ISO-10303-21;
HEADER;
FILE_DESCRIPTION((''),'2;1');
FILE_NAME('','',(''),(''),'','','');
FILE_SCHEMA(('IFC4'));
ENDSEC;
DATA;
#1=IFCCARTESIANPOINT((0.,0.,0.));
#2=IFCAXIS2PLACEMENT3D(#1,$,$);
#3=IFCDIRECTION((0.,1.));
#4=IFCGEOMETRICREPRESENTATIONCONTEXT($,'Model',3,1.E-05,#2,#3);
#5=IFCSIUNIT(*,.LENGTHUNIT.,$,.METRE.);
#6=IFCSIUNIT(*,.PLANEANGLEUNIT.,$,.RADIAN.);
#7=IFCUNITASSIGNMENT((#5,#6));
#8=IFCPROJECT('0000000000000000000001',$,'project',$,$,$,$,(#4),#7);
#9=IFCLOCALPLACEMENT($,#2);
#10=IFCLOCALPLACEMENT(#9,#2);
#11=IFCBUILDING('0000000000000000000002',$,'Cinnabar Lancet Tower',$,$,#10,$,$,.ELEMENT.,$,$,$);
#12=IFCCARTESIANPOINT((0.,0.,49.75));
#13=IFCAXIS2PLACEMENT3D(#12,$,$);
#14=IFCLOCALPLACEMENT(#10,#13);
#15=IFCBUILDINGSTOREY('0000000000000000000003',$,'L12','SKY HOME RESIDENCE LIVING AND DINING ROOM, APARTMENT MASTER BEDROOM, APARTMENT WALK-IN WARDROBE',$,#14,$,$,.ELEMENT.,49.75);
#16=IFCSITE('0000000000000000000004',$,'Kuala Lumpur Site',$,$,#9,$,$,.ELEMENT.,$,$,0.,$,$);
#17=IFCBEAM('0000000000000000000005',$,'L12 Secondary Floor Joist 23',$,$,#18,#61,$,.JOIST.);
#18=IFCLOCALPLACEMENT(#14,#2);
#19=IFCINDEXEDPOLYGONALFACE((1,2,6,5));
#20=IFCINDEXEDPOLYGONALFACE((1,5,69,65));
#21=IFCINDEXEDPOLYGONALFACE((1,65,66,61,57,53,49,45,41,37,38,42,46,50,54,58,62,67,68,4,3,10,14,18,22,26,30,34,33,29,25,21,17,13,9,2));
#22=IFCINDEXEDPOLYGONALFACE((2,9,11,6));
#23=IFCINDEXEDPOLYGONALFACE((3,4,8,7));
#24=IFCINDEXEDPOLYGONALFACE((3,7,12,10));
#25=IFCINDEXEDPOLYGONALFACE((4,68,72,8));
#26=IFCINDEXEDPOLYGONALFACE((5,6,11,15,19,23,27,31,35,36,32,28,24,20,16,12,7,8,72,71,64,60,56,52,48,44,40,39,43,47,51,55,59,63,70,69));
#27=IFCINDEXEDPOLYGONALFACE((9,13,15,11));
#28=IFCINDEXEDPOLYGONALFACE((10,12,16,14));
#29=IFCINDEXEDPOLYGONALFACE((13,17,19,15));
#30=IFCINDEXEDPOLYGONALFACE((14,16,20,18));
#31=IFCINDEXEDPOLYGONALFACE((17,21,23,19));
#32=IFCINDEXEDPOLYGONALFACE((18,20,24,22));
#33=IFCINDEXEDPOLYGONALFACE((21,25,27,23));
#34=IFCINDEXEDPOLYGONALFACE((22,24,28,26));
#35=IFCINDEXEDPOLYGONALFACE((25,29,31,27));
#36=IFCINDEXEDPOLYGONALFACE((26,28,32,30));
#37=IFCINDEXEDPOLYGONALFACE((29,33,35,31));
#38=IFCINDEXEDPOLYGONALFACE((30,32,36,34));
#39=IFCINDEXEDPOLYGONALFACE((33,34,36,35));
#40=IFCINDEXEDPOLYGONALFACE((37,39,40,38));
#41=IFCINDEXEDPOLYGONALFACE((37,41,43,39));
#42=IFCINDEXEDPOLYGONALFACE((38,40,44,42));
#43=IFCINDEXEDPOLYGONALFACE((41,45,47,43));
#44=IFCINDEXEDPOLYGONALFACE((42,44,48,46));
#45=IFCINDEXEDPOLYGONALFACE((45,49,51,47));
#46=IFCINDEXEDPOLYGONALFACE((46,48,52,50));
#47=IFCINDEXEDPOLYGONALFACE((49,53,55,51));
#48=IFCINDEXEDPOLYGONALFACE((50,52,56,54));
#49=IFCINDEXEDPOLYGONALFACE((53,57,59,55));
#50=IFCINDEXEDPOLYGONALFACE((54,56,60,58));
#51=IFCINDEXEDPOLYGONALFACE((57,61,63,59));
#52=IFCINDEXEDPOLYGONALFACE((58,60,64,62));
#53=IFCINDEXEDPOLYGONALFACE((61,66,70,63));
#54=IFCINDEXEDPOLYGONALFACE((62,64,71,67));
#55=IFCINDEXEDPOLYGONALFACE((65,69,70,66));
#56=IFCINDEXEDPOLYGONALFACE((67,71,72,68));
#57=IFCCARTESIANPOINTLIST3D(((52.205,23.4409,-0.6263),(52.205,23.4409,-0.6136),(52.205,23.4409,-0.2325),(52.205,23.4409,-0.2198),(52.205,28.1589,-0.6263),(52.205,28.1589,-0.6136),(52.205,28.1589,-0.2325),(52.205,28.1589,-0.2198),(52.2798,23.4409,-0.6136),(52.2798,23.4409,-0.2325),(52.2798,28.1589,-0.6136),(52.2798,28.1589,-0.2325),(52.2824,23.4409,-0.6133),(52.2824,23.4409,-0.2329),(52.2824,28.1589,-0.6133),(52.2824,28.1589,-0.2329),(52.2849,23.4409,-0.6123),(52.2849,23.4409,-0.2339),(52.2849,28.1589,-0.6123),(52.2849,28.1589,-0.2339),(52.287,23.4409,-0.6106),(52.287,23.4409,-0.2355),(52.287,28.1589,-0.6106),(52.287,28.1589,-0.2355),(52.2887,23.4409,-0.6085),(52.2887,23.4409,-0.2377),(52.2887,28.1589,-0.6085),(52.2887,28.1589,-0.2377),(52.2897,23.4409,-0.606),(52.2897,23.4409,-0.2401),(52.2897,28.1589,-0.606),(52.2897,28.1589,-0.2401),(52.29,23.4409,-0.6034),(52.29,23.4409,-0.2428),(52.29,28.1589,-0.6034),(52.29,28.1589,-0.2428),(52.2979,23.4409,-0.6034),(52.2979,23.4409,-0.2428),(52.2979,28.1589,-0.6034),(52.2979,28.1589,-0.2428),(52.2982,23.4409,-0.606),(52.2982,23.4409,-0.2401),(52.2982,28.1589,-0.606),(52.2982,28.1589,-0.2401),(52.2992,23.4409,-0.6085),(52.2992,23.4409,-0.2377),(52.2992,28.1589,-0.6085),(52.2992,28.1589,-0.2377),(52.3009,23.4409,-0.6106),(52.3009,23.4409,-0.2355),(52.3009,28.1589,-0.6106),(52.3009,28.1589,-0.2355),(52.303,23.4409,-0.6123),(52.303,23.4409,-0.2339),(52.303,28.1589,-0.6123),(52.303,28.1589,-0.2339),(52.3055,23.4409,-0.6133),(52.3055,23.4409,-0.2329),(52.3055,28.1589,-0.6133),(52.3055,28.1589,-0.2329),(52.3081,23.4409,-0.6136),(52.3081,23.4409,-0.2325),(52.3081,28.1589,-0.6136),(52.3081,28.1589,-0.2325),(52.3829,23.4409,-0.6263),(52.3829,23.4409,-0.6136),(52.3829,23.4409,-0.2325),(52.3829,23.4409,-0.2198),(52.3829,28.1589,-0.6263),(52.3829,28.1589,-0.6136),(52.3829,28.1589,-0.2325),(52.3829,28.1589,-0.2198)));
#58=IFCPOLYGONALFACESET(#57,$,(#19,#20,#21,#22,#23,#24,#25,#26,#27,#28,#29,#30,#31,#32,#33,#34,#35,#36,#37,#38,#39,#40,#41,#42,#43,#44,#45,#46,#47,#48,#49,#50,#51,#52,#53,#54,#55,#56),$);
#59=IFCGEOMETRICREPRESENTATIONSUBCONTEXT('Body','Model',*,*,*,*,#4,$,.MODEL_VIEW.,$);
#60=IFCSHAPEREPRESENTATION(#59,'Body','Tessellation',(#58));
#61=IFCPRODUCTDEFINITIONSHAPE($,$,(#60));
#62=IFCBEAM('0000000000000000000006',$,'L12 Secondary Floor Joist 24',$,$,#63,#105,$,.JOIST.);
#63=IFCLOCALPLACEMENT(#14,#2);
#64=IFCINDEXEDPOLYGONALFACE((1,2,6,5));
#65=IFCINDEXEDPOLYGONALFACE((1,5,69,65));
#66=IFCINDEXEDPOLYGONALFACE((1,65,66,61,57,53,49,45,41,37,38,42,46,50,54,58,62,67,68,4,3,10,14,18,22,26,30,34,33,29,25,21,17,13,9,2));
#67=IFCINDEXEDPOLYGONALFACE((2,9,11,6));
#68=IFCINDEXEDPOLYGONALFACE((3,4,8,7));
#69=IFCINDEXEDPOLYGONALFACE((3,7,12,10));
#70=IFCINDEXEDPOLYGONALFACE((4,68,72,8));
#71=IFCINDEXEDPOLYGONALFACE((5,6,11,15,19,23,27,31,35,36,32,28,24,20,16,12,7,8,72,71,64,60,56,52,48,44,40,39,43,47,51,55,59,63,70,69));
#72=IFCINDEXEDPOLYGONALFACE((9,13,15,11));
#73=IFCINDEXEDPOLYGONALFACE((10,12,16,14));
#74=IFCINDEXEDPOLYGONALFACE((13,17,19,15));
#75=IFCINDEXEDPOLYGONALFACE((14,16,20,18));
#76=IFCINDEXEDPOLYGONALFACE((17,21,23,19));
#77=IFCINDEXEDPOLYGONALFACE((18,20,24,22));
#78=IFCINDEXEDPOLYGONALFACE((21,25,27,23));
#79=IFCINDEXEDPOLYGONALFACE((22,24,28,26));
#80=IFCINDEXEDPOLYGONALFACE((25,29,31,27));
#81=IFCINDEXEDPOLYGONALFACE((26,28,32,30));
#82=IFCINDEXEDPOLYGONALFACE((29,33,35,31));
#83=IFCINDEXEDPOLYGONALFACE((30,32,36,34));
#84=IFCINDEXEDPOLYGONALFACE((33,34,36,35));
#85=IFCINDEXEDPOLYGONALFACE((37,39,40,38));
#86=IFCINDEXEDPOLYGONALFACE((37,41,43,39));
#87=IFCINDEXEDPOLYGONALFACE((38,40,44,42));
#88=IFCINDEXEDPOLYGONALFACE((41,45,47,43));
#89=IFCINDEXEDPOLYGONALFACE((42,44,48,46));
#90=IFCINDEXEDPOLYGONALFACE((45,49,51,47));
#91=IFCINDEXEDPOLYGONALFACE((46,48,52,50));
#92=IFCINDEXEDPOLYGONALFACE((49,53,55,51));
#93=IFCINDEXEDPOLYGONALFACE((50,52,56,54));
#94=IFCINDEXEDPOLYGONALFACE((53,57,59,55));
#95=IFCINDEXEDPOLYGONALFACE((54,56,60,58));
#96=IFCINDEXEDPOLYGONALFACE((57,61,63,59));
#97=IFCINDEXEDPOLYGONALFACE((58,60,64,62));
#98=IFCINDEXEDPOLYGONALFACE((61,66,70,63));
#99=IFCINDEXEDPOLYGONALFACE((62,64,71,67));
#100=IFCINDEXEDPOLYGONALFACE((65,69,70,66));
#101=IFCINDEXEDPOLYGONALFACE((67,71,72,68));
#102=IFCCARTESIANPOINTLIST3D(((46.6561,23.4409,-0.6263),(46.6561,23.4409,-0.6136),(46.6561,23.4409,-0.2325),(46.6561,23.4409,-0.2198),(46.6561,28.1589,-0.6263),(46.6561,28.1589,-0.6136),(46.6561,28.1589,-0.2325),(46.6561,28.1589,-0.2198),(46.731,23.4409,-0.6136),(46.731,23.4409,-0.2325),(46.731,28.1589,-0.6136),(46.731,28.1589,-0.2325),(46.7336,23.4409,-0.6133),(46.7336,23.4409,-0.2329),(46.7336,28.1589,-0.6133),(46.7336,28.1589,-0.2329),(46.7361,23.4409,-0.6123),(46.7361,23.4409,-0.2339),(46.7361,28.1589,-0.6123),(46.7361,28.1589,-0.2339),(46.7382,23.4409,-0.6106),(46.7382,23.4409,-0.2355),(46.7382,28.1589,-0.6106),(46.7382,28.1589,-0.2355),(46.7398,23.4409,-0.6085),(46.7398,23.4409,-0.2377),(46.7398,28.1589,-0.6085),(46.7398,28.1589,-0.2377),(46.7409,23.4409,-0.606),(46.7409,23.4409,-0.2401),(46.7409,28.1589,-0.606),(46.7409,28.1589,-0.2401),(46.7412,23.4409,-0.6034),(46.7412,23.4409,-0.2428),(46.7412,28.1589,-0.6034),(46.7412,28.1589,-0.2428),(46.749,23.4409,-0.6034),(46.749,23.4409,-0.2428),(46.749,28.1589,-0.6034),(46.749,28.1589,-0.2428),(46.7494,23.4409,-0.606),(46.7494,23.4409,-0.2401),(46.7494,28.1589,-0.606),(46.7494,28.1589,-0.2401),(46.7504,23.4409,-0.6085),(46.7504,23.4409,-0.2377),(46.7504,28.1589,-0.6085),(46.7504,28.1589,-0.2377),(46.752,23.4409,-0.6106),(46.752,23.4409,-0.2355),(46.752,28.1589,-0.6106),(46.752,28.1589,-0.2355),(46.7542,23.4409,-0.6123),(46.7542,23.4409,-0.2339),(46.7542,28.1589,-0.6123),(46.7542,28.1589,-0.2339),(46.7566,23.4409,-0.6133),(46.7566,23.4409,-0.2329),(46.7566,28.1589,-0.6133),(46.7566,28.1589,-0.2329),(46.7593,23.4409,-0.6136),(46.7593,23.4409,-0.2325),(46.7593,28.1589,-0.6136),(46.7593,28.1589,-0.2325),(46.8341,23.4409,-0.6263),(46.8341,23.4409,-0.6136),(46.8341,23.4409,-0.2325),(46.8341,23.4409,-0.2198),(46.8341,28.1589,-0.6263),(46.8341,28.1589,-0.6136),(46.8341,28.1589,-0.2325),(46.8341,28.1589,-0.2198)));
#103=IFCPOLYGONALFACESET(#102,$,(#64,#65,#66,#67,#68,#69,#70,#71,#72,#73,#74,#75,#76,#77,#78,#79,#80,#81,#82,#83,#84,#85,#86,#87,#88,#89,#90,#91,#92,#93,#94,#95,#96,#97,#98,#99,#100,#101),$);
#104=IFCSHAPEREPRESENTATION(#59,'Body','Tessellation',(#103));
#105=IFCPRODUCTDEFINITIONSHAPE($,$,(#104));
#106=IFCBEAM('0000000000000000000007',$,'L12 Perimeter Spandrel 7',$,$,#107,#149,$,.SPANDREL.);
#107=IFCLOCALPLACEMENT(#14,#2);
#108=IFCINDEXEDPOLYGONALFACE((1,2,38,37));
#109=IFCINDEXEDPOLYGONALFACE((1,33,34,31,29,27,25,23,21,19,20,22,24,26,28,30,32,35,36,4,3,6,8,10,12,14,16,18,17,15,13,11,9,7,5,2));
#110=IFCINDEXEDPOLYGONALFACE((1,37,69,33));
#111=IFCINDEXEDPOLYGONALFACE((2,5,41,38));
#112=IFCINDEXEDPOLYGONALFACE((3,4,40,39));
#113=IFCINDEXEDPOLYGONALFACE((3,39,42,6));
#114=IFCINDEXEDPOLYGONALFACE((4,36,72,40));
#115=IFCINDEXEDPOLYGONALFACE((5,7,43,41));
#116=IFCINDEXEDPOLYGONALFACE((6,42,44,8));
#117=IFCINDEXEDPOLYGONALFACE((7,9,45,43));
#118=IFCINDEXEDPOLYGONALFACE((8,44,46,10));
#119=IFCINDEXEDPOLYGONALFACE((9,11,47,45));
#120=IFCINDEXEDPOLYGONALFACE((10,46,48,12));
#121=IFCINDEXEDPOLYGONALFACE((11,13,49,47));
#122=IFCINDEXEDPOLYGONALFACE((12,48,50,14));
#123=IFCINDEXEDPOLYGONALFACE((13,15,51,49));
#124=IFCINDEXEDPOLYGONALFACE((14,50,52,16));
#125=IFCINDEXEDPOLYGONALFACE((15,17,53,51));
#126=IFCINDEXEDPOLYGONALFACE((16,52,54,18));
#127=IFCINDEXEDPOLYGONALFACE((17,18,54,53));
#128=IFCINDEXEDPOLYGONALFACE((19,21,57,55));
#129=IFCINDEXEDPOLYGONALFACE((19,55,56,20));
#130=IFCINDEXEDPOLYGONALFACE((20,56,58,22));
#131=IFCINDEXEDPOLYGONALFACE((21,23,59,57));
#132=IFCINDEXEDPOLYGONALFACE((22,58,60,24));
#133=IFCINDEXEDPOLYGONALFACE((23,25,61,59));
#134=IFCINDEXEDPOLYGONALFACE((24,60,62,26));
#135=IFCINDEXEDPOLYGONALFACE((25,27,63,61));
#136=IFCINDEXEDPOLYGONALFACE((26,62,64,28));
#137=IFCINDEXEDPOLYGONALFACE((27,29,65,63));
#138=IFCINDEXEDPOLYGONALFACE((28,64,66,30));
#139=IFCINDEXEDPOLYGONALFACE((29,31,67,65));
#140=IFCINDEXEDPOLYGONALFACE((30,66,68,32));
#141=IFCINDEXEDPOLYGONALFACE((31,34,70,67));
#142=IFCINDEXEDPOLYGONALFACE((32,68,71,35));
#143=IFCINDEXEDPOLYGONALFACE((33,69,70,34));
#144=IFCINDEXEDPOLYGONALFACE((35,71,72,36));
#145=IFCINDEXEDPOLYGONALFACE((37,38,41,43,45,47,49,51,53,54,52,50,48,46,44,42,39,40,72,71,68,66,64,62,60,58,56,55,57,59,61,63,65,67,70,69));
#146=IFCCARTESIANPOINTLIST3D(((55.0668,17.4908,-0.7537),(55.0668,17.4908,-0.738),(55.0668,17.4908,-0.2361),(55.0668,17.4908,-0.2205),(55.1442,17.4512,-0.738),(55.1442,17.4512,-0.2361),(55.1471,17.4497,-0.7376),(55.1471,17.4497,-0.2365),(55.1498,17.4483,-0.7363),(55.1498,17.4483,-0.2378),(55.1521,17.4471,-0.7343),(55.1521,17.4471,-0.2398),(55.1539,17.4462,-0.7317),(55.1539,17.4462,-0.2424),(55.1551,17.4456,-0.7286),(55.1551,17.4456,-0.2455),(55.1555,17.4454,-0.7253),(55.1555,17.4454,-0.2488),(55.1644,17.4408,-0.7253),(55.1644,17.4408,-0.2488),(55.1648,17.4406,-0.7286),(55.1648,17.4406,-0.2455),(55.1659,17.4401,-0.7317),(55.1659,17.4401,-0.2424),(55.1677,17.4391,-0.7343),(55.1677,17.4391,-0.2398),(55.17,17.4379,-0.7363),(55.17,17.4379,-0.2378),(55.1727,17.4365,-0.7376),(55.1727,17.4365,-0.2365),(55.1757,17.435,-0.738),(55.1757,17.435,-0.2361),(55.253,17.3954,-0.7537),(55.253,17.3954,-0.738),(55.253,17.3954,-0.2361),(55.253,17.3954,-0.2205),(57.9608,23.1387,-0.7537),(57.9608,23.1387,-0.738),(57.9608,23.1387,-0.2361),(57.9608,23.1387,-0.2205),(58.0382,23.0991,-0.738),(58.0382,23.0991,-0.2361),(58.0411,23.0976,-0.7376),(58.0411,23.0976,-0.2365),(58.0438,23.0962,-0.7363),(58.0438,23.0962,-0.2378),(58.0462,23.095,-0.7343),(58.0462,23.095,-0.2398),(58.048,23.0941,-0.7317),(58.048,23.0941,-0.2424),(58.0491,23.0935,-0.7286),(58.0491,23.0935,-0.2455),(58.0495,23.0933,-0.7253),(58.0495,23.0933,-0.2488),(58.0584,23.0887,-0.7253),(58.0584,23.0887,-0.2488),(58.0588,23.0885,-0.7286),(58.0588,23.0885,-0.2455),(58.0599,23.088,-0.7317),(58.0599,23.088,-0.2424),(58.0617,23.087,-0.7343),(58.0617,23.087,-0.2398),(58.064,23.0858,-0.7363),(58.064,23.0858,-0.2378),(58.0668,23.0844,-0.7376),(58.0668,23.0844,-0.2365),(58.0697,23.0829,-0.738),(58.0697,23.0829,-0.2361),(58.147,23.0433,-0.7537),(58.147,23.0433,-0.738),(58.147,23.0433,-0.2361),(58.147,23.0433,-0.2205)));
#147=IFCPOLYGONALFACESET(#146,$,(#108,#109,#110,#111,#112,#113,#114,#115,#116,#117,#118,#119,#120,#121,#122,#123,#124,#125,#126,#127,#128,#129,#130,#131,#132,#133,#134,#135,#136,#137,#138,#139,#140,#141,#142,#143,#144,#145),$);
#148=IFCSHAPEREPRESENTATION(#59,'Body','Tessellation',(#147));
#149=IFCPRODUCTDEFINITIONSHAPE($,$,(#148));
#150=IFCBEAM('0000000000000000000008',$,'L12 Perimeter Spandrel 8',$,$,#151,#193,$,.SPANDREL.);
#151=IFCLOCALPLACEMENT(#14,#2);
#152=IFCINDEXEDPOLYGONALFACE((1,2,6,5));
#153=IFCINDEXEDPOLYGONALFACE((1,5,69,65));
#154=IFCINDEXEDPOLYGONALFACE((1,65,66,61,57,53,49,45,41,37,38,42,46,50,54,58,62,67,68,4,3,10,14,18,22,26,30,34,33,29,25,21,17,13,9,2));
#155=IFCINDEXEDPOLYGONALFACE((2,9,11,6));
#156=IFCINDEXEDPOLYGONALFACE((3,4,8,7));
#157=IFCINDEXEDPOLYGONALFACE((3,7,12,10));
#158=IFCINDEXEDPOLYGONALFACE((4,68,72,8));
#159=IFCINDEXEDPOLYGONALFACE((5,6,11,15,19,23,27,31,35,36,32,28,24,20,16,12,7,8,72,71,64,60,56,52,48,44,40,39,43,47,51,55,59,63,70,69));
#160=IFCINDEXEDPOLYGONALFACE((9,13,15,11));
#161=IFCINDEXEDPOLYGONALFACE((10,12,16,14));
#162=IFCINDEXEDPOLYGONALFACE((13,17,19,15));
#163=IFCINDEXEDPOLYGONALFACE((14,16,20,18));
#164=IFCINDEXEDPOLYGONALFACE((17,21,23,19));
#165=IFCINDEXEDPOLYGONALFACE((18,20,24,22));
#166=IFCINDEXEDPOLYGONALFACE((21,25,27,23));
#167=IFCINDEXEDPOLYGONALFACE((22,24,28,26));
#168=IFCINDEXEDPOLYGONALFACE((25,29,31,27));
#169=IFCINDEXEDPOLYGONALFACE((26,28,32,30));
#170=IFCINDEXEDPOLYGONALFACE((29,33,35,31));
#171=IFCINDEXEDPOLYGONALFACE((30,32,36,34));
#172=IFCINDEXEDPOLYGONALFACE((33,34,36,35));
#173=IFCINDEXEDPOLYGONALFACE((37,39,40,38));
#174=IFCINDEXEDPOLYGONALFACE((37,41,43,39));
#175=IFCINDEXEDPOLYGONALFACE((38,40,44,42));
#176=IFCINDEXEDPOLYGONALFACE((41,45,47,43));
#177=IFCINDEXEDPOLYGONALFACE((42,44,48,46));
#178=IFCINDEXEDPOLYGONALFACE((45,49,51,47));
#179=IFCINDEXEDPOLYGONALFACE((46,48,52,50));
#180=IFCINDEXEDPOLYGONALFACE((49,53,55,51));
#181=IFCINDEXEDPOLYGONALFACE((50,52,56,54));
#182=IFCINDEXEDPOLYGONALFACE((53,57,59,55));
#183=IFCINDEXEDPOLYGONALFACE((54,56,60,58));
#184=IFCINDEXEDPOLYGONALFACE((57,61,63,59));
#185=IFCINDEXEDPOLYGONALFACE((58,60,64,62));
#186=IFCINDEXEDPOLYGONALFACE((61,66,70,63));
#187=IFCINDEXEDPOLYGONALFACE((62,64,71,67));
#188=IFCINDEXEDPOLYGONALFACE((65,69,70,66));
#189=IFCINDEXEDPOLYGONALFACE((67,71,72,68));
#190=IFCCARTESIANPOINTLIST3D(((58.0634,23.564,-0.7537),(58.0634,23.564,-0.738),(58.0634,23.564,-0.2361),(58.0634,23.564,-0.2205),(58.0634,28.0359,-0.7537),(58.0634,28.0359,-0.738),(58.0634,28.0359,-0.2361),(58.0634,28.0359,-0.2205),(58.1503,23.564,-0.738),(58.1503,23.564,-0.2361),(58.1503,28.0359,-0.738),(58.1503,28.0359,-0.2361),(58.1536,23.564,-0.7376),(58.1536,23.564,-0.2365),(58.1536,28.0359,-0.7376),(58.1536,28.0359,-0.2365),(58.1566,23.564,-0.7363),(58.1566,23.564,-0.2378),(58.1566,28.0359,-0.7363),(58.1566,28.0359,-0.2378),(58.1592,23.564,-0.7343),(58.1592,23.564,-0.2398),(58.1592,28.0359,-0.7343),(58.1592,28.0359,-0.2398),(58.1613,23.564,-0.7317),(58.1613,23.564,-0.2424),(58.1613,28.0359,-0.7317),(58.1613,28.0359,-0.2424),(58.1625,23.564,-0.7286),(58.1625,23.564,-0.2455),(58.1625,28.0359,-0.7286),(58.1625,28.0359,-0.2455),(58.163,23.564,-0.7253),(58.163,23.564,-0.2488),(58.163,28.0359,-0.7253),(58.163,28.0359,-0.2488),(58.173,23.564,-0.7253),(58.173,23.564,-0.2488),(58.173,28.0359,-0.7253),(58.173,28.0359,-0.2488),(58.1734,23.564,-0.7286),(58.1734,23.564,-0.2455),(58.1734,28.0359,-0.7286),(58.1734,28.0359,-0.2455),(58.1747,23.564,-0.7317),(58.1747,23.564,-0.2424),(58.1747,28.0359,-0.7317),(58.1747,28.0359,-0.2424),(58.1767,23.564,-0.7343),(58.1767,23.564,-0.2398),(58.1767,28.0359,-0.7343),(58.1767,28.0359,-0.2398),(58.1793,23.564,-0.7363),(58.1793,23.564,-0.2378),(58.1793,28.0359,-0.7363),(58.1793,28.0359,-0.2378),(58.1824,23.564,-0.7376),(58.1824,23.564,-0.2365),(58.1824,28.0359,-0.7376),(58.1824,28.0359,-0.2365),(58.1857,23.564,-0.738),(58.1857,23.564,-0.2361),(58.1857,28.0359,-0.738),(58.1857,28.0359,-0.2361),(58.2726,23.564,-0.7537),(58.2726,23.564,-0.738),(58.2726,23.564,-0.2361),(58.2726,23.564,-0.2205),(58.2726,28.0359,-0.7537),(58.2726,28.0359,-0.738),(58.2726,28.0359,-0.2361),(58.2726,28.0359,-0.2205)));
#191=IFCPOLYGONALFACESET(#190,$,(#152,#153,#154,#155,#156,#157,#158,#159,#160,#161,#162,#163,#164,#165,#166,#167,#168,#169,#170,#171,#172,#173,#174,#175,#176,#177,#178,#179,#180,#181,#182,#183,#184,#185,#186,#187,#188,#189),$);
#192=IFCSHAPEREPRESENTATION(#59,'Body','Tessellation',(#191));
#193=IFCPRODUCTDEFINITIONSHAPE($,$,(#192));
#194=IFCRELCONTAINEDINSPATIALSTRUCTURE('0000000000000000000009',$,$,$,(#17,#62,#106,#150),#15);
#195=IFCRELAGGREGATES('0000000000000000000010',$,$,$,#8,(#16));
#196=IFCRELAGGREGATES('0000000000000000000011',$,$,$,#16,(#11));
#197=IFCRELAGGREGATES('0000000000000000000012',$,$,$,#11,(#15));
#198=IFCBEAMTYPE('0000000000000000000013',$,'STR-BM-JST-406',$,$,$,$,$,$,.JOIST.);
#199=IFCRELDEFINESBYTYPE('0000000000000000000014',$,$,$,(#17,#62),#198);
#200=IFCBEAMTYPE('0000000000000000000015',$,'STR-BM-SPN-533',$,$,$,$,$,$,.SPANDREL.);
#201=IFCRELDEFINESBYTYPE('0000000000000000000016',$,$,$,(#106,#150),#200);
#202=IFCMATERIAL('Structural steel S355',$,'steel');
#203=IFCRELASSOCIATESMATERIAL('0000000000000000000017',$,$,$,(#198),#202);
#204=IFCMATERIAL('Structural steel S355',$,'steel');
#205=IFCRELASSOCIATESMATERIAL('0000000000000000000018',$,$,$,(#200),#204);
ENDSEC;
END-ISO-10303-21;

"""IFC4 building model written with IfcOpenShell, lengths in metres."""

from ifc_helpers import new_model, si_unit, direction, frame, origin, origin_2d, place, context, subcontext, project, spatial, i_section, extrude, material, material_profile, profile_set, type_object, element, save


model = new_model("IFC4")

# Units and contexts
model_context = context("Model", 3, precision=1e-05, world=origin(), true_north=direction((0.0, 1.0)))
body_context = subcontext(model_context, "Body", "Model", "MODEL_VIEW")
ifc_project = project(units=[si_unit("LENGTHUNIT", "METRE"), si_unit("PLANEANGLEUNIT", "RADIAN")], contexts=[model_context])

# Site, building, storey
site_placement = place(None, origin())
site = spatial("IfcSite", under=ifc_project, at=site_placement, Name="Kuala Lumpur Site", CompositionType="ELEMENT", RefElevation=0.0)
building_placement = place(site_placement, origin())
building = spatial("IfcBuilding", under=site, at=building_placement, Name="Cinnabar Lancet Tower", CompositionType="ELEMENT")
storey_placement = place(building_placement, frame((0.0, 0.0, 49.75)))
storey = spatial("IfcBuildingStorey", under=building, at=storey_placement, Name="L12", Description="SKY HOME RESIDENCE LIVING AND DINING ROOM, APARTMENT MASTER BEDROOM, APARTMENT WALK-IN WARDROBE", CompositionType="ELEMENT", Elevation=49.75)

# Beams
ifc_material_1 = material(Name="Structural steel S355", Category="steel")
ifc_material_profile_1 = material_profile(ifc_material_1, i_section(OverallWidth=0.178, OverallDepth=0.4065, WebThickness=0.0078, FlangeThickness=0.0127, FilletRadius=0.0103, at=origin_2d()), Name="UKB 406x178x60")
ifc_profile_set_1 = profile_set([ifc_material_profile_1], Name="Structural steel S355")
beam_type_1 = type_object("IfcBeamType", Name="STR-BM-JST-406", PredefinedType="JOIST", material=ifc_profile_set_1)
for number, where, z_axis, x_axis, name in (
    (1, (52.2939, 23.4409, -0.4231), (0.0, 1.0, 0.0), (-1.0, 0.0, 0.0), "L12 Secondary Floor Joist 23"),
    (2, (46.7451, 23.4409, -0.4231), (0.0, 1.0, 0.0), (-1.0, 0.0, 0.0), "L12 Secondary Floor Joist 24"),
):
    element("IfcBeam", number, at=place(storey_placement, frame(where, z_axis=z_axis, x_axis=x_axis)), inside=storey, type_object=beam_type_1, Name=name, PredefinedType="JOIST", context=body_context, shape_type="SweptSolid", body=[
        extrude(i_section(OverallWidth=0.178, OverallDepth=0.4065, WebThickness=0.0078, FlangeThickness=0.0127, FilletRadius=0.0103, at=origin_2d()), origin(), (0.0, 0.0, 1.0), 4.718),
    ])
ifc_material_2 = material(Name="Structural steel S355", Category="steel")
ifc_material_profile_2 = material_profile(ifc_material_2, i_section(OverallWidth=0.2092, OverallDepth=0.5332, WebThickness=0.01, FlangeThickness=0.0156, FilletRadius=0.0127, at=origin_2d()), Name="UKB 533x210x92")
ifc_profile_set_2 = profile_set([ifc_material_profile_2], Name="Structural steel S355")
beam_type_2 = type_object("IfcBeamType", Name="STR-BM-SPN-533", PredefinedType="SPANDREL", material=ifc_profile_set_2)
beam_1_placement = place(storey_placement, frame((55.1599, 17.4431, -0.4871), z_axis=(0.456025, 0.889967, 0.0), x_axis=(-0.889967, 0.456025, 0.0)))
element("IfcBeam", 3, at=beam_1_placement, inside=storey, type_object=beam_type_2, Name="L12 Perimeter Spandrel 7", PredefinedType="SPANDREL", context=body_context, shape_type="SweptSolid", body=[
    extrude(i_section(OverallWidth=0.2092, OverallDepth=0.5332, WebThickness=0.01, FlangeThickness=0.0156, FilletRadius=0.0127, at=origin_2d()), origin(), (0.0, 0.0, 1.0), 6.3462),
])
beam_2_placement = place(storey_placement, frame((58.168, 23.564, -0.4871), z_axis=(0.0, 1.0, 0.0), x_axis=(-1.0, 0.0, 0.0)))
element("IfcBeam", 4, at=beam_2_placement, inside=storey, type_object=beam_type_2, Name="L12 Perimeter Spandrel 8", PredefinedType="SPANDREL", context=body_context, shape_type="SweptSolid", body=[
    extrude(i_section(OverallWidth=0.2092, OverallDepth=0.5332, WebThickness=0.01, FlangeThickness=0.0156, FilletRadius=0.0127, at=origin_2d()), origin(), (0.0, 0.0, 1.0), 4.4719),
])

save(model, "model.ifc")
